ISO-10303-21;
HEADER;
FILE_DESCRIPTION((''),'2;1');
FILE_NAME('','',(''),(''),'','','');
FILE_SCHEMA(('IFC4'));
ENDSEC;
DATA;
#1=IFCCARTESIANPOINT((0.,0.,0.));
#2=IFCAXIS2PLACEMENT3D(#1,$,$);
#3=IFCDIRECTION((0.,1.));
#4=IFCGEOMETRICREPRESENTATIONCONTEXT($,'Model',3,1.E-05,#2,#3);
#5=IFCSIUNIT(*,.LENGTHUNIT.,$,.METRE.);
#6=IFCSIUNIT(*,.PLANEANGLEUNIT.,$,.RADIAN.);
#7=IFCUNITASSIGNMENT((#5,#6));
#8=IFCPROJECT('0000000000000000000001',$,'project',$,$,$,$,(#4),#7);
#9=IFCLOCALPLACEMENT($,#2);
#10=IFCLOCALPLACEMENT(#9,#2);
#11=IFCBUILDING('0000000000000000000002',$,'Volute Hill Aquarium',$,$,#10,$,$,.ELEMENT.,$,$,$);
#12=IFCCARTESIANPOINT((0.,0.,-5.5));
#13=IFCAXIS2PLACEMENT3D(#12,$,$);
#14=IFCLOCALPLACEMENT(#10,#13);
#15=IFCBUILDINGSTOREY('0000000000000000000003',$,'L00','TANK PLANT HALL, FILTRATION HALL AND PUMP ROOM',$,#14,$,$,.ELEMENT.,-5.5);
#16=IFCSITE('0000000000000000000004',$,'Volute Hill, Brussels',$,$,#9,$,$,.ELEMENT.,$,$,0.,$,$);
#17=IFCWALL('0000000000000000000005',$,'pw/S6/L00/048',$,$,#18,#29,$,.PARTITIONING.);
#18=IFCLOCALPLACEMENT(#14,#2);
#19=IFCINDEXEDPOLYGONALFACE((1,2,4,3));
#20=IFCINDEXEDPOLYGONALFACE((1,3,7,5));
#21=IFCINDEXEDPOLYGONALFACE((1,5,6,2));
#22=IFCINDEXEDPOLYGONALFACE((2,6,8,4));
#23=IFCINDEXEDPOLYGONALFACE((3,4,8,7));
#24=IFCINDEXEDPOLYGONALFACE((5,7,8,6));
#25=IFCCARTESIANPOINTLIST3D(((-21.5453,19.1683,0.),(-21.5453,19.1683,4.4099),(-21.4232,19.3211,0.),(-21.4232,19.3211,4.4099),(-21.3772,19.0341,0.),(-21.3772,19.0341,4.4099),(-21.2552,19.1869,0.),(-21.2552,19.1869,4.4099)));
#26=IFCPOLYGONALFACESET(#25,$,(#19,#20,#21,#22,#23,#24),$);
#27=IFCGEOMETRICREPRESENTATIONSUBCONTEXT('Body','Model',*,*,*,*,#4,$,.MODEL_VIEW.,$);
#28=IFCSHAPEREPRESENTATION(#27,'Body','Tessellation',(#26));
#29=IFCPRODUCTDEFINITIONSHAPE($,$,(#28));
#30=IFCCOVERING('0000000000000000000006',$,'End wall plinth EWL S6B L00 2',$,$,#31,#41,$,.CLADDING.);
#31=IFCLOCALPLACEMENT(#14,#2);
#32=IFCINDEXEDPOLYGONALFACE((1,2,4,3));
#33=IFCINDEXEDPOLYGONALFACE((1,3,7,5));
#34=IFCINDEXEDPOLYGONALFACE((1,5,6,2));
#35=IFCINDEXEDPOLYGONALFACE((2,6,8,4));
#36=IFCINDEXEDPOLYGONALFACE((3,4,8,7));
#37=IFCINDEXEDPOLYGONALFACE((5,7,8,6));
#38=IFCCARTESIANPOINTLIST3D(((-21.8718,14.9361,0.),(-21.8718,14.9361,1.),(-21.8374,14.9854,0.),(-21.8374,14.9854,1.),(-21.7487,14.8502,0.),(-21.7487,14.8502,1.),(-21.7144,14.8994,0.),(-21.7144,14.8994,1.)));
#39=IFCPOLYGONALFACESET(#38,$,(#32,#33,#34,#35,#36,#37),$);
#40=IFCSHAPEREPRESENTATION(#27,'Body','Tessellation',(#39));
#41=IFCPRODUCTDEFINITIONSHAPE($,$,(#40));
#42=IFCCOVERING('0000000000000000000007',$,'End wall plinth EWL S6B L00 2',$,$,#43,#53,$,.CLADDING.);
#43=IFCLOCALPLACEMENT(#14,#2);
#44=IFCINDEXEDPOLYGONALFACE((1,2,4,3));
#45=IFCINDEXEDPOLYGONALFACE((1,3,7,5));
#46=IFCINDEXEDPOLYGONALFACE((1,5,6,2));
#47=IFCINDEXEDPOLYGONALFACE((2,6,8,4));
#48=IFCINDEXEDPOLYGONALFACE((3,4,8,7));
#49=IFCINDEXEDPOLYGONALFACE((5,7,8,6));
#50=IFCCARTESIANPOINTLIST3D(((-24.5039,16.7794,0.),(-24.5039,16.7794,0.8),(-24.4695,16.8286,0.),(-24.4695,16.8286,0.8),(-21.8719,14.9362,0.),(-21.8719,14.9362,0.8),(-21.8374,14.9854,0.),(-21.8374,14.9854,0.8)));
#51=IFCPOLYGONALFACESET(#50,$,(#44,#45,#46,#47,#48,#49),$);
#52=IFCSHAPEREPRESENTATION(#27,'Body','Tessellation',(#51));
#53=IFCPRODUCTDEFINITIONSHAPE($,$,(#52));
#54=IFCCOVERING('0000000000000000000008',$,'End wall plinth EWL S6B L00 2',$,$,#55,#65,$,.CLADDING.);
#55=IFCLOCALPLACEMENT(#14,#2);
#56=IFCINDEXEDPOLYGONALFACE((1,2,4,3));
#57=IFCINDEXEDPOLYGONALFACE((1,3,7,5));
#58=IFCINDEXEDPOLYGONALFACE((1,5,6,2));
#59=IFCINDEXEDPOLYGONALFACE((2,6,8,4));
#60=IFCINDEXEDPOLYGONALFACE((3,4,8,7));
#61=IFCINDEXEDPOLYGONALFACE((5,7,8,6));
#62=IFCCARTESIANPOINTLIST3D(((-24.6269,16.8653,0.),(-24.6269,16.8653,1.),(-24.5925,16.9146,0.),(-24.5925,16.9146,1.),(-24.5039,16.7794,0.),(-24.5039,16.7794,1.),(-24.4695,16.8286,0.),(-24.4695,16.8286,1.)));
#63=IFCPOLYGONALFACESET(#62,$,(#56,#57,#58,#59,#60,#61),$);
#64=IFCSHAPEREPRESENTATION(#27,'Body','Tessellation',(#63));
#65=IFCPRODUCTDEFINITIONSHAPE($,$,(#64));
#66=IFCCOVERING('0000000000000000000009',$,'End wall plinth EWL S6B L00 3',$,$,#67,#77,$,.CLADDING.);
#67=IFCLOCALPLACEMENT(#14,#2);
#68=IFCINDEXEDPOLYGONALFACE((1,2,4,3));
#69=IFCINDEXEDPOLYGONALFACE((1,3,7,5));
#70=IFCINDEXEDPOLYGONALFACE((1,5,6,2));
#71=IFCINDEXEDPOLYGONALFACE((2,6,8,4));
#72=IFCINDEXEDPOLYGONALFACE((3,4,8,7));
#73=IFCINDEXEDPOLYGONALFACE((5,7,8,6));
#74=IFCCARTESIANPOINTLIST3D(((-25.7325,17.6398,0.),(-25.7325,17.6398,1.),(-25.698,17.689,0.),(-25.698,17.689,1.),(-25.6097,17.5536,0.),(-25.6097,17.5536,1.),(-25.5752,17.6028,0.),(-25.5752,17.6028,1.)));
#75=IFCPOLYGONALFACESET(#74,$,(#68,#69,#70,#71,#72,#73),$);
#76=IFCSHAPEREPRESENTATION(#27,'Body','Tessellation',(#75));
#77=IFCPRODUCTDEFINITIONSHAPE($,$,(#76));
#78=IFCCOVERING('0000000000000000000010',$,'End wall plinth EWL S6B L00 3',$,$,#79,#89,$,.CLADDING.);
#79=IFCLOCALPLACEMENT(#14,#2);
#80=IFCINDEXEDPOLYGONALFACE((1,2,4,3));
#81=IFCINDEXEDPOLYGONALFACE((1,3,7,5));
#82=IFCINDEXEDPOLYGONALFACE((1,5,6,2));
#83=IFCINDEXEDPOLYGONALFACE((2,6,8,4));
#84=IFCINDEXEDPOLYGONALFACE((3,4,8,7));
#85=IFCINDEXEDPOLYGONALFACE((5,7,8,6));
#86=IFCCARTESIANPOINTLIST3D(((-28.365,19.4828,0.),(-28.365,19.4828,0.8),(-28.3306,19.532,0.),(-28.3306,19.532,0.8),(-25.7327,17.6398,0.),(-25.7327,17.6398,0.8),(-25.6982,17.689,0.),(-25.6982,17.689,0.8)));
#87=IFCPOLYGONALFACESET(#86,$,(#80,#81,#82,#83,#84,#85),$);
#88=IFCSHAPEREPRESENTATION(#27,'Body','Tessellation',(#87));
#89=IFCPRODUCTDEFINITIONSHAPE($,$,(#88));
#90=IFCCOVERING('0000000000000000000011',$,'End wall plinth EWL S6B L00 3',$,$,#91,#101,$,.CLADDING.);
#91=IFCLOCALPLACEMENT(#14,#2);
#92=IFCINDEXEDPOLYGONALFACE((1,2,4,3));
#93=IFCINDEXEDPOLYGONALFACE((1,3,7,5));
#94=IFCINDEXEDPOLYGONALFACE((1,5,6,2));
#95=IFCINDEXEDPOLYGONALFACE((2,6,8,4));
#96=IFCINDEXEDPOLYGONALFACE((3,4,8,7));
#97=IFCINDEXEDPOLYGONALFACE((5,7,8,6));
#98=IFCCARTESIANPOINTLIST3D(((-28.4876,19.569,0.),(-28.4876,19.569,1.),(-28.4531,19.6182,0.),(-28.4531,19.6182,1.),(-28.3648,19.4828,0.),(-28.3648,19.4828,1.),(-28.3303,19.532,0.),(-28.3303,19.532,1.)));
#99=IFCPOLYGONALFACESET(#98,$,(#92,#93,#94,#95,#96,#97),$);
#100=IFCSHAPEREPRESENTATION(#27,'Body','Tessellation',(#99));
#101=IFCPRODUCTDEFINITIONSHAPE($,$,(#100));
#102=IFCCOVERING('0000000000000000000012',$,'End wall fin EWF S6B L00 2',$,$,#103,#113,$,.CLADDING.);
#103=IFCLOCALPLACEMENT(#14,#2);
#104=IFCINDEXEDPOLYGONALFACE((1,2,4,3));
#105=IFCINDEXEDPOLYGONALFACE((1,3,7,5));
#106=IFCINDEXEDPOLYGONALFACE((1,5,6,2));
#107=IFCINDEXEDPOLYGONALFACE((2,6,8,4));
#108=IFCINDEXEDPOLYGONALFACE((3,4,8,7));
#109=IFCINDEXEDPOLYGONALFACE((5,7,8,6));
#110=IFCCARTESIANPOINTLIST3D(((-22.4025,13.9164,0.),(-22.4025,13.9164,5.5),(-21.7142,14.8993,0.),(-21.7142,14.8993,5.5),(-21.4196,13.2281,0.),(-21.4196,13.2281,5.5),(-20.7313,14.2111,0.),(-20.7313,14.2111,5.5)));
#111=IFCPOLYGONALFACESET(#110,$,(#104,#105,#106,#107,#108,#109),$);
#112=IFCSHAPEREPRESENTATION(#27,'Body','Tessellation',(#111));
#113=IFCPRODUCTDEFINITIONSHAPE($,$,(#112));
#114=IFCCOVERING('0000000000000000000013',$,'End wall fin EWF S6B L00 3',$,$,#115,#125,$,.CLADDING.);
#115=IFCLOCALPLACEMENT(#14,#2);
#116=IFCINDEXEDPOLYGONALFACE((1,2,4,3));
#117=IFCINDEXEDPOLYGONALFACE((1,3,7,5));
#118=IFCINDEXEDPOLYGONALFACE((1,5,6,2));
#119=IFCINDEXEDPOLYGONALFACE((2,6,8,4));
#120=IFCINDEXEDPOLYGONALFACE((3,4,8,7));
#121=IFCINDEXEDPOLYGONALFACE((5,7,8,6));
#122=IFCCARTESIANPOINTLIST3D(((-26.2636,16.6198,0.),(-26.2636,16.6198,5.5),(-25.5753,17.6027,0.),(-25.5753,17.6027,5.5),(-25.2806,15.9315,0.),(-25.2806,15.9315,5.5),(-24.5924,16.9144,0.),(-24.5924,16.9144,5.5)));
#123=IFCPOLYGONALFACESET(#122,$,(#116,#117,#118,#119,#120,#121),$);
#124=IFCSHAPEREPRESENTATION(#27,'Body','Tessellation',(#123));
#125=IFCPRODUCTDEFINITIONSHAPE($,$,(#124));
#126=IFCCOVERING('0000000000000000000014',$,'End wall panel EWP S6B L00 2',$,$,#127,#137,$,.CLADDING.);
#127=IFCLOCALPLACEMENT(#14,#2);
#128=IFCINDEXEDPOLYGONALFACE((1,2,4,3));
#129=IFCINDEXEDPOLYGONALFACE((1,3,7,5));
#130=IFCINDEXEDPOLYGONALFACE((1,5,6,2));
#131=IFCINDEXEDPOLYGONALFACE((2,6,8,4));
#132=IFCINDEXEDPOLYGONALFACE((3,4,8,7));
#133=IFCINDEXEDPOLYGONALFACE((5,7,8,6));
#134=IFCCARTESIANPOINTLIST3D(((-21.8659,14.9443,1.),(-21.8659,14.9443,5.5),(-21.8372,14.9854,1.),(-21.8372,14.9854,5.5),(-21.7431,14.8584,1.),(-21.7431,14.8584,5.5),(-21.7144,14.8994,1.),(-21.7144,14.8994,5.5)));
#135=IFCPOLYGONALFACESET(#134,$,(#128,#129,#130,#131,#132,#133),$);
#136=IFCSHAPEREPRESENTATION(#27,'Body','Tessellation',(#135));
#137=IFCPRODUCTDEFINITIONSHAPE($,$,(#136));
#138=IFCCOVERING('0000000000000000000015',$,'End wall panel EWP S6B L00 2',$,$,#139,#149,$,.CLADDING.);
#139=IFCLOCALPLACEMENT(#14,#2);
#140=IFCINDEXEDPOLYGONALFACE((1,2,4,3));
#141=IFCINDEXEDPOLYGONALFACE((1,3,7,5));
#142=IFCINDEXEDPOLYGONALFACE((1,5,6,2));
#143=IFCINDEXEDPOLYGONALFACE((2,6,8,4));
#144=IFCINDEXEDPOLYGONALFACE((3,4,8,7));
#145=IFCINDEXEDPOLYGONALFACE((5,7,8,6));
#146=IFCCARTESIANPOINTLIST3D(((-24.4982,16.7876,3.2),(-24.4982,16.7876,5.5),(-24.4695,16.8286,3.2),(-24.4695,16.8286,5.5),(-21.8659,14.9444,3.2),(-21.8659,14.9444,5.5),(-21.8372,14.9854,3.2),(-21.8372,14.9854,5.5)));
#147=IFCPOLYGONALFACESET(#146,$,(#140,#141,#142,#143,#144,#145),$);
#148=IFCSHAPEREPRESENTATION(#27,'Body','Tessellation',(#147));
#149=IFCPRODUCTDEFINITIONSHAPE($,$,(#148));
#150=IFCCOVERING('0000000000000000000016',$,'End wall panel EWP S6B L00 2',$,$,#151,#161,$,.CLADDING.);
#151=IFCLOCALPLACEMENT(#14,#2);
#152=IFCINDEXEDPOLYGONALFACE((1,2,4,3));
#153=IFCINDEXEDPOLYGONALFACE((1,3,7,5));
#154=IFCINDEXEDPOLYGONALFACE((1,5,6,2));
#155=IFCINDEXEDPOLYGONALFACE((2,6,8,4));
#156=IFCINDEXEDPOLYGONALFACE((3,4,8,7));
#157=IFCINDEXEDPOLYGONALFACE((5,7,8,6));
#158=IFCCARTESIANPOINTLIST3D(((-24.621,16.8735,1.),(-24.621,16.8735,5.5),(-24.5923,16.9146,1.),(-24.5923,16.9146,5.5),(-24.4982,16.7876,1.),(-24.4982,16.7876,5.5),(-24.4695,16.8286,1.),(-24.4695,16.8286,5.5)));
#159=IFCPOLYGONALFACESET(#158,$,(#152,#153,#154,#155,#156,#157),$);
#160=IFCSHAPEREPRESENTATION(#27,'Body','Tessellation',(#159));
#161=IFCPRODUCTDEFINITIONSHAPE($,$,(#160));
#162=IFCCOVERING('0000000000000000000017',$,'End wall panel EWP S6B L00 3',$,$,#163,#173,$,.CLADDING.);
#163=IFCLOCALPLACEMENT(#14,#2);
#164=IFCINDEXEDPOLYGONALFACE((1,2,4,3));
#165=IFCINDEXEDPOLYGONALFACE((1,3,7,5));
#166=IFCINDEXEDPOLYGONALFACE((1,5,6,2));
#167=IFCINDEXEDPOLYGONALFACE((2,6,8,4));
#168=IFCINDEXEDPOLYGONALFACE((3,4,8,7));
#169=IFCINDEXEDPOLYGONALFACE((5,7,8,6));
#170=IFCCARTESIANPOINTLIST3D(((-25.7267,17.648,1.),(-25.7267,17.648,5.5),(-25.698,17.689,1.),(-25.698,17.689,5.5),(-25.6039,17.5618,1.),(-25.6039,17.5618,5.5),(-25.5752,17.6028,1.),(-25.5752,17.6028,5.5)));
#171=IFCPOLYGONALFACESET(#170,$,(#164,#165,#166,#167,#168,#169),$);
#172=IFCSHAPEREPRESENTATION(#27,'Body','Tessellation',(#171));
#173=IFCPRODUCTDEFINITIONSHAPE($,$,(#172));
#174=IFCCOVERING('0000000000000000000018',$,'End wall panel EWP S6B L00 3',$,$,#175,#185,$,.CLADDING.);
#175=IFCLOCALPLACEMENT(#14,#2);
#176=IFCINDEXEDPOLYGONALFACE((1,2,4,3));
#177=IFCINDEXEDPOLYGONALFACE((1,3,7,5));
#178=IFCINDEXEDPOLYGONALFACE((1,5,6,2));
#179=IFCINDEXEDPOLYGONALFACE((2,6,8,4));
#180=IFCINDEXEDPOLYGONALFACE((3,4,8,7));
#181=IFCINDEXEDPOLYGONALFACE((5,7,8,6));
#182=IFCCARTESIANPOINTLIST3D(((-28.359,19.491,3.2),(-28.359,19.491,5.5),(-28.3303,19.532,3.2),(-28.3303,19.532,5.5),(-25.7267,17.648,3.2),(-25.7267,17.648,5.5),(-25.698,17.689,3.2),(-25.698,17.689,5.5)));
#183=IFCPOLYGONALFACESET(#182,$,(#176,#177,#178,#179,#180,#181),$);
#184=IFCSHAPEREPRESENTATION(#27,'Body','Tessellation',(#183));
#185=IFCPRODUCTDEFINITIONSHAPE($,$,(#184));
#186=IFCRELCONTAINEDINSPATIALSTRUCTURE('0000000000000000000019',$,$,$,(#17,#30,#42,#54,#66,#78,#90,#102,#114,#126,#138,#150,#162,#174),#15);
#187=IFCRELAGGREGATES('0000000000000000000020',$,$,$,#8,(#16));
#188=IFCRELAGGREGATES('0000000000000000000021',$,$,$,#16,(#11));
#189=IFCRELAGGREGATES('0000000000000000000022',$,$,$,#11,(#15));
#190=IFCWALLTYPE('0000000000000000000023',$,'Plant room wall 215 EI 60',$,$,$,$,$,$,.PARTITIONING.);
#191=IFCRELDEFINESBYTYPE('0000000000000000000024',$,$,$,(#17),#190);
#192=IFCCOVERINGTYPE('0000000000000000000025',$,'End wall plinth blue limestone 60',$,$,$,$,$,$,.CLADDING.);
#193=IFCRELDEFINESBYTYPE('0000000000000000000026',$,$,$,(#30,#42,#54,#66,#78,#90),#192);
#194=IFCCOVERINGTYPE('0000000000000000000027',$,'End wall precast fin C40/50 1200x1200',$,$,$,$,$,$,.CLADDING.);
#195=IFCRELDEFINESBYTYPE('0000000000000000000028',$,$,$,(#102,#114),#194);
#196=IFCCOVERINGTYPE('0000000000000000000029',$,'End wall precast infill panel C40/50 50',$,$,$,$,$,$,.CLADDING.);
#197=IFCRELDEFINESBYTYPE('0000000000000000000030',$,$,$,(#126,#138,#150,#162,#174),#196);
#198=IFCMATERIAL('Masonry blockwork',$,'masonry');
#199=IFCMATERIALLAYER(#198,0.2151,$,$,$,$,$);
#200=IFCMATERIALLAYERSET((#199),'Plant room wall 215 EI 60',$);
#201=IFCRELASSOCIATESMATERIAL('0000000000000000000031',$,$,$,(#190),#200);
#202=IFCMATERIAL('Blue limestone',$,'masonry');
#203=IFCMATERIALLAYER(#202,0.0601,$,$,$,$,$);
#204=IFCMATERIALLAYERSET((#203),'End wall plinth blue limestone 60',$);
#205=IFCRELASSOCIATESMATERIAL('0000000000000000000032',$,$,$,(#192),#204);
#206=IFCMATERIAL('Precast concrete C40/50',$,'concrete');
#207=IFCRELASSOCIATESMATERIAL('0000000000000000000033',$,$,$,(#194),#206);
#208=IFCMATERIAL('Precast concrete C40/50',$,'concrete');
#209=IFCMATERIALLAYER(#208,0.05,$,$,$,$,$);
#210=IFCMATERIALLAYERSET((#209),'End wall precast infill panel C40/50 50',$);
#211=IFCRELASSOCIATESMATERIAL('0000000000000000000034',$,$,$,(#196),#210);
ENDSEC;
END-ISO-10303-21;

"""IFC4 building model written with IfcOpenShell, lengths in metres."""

from ifc_helpers import new_model, si_unit, direction, frame, frame_2d, origin, origin_2d, place, context, subcontext, project, spatial, polyline, rectangle, outline, extrude, material, layer, layer_set, type_object, element, save


model = new_model("IFC4")

# Units and contexts
model_context = context("Model", 3, precision=1e-05, world=origin(), true_north=direction((0.0, 1.0)))
body_context = subcontext(model_context, "Body", "Model", "MODEL_VIEW")
ifc_project = project(units=[si_unit("LENGTHUNIT", "METRE"), si_unit("PLANEANGLEUNIT", "RADIAN")], contexts=[model_context])

# Site, building, storey
site_placement = place(None, origin())
site = spatial("IfcSite", under=ifc_project, at=site_placement, Name="Volute Hill, Brussels", CompositionType="ELEMENT", RefElevation=0.0)
building_placement = place(site_placement, origin())
building = spatial("IfcBuilding", under=site, at=building_placement, Name="Volute Hill Aquarium", CompositionType="ELEMENT")
storey_placement = place(building_placement, frame((0.0, 0.0, -5.5)))
storey = spatial("IfcBuildingStorey", under=building, at=storey_placement, Name="L00", Description="TANK PLANT HALL, FILTRATION HALL AND PUMP ROOM", CompositionType="ELEMENT", Elevation=-5.5)

# Shared definitions
ifc_material_1 = material(Name="Masonry blockwork", Category="masonry")
ifc_layer_1 = layer(ifc_material_1, 0.2151)
ifc_layer_set_1 = layer_set([ifc_layer_1], Name="Plant room wall 215 EI 60")
wall_type = type_object("IfcWallType", Name="Plant room wall 215 EI 60", PredefinedType="PARTITIONING", material=ifc_layer_set_1)

# Wall
wall_1_placement = place(storey_placement, frame((-21.4612, 19.1013, 0.0), z_axis=(0.0, 0.0, 1.0), x_axis=(0.624086, 0.781356, 0.0)))
element("IfcWall", 1, at=wall_1_placement, inside=storey, type_object=wall_type, Name="pw/S6/L00/048", PredefinedType="PARTITIONING", context=body_context, shape_type="SweptSolid", body=[
    extrude(rectangle(XDim=0.1956, YDim=0.2151, at=frame_2d((0.0977, 0.0))), origin(), (0.0, 0.0, 1.0), 4.4099),
])

# Coverings
ifc_material_2 = material(Name="Blue limestone", Category="masonry")
ifc_layer_2 = layer(ifc_material_2, 0.0601)
ifc_layer_set_2 = layer_set([ifc_layer_2], Name="End wall plinth blue limestone 60")
covering_type_1 = type_object("IfcCoveringType", Name="End wall plinth blue limestone 60", PredefinedType="CLADDING", material=ifc_layer_set_2)
covering_1_placement = place(storey_placement, frame((-21.7144, 14.8994, 0.0), z_axis=(0.572589, 0.819843, 0.0), x_axis=(-0.819843, 0.572589, 0.0)))
element("IfcCovering", 2, at=covering_1_placement, inside=storey, type_object=covering_type_1, Name="End wall plinth EWL S6B L00 2", PredefinedType="CLADDING", context=body_context, shape_type="SweptSolid", body=[
    extrude(outline(polyline([(0.0, 0.0), (0.1501, 0.0), (0.1501, 1.0), (0.0, 1.0), (0.0, 0.0)])), origin(), (0.0, 0.0, -1.0), 0.0601),
])
covering_2_placement = place(storey_placement, frame((-21.8374, 14.9854, 0.0), z_axis=(0.573631, 0.819114, 0.0), x_axis=(-0.819114, 0.573631, 0.0)))
element("IfcCovering", 3, at=covering_2_placement, inside=storey, type_object=covering_type_1, Name="End wall plinth EWL S6B L00 2", PredefinedType="CLADDING", context=body_context, shape_type="SweptSolid", body=[
    extrude(outline(polyline([(0.0, 0.0), (3.2133, 0.0), (3.2133, 0.8), (0.0, 0.8), (0.0, 0.0)])), origin(), (0.0, 0.0, -1.0), 0.0601),
])
covering_3_placement = place(storey_placement, frame((-24.4695, 16.8286, 0.0), z_axis=(0.572589, 0.819843, 0.0), x_axis=(-0.819843, 0.572589, 0.0)))
element("IfcCovering", 4, at=covering_3_placement, inside=storey, type_object=covering_type_1, Name="End wall plinth EWL S6B L00 2", PredefinedType="CLADDING", context=body_context, shape_type="SweptSolid", body=[
    extrude(outline(polyline([(0.0, 0.0), (0.1501, 0.0), (0.1501, 1.0), (0.0, 1.0), (0.0, 0.0)])), origin(), (0.0, 0.0, -1.0), 0.0601),
])
covering_4_placement = place(storey_placement, frame((-25.5752, 17.6028, 0.0), z_axis=(0.574445, 0.818543, 0.0), x_axis=(-0.818543, 0.574445, 0.0)))
element("IfcCovering", 5, at=covering_4_placement, inside=storey, type_object=covering_type_1, Name="End wall plinth EWL S6B L00 3", PredefinedType="CLADDING", context=body_context, shape_type="SweptSolid", body=[
    extrude(outline(polyline([(0.0, 0.0), (0.15, 0.0), (0.15, 1.0), (0.0, 1.0), (0.0, 0.0)])), origin(), (0.0, 0.0, -1.0), 0.0601),
])
covering_5_placement = place(storey_placement, frame((-25.6982, 17.689, 0.0), z_axis=(0.573544, 0.819175, 0.0), x_axis=(-0.819175, 0.573544, 0.0)))
element("IfcCovering", 6, at=covering_5_placement, inside=storey, type_object=covering_type_1, Name="End wall plinth EWL S6B L00 3", PredefinedType="CLADDING", context=body_context, shape_type="SweptSolid", body=[
    extrude(outline(polyline([(0.0, 0.0), (3.2134, 0.0), (3.2134, 0.8), (0.0, 0.8), (0.0, 0.0)])), origin(), (0.0, 0.0, -1.0), 0.0601),
])
covering_6_placement = place(storey_placement, frame((-28.3303, 19.532, 0.0), z_axis=(0.574445, 0.818543, 0.0), x_axis=(-0.818543, 0.574445, 0.0)))
element("IfcCovering", 7, at=covering_6_placement, inside=storey, type_object=covering_type_1, Name="End wall plinth EWL S6B L00 3", PredefinedType="CLADDING", context=body_context, shape_type="SweptSolid", body=[
    extrude(outline(polyline([(0.0, 0.0), (0.15, 0.0), (0.15, 1.0), (0.0, 1.0), (0.0, 0.0)])), origin(), (0.0, 0.0, -1.0), 0.0601),
])
ifc_material_3 = material(Name="Precast concrete C40/50", Category="concrete")
covering_type_2 = type_object("IfcCoveringType", Name="End wall precast fin C40/50 1200x1200", PredefinedType="CLADDING", material=ifc_material_3)
for number, where, z_axis, x_axis, name in (
    (8, (-21.5669, 14.0637, 0.0), (0.0, 0.0, 1.0), (-0.819151, 0.573577, 0.0), "End wall fin EWF S6B L00 2"),
    (9, (-25.428, 16.7671, 0.0), (0.0, 0.0, 1.0), (-0.819151, 0.573577, 0.0), "End wall fin EWF S6B L00 3"),
):
    element("IfcCovering", number, at=place(storey_placement, frame(where, z_axis=z_axis, x_axis=x_axis)), inside=storey, type_object=covering_type_2, Name=name, PredefinedType="CLADDING", context=body_context, shape_type="SweptSolid", body=[
        extrude(rectangle(XDim=1.2, YDim=1.2, at=origin_2d()), origin(), (0.0, 0.0, 1.0), 5.5),
    ])
ifc_material_4 = material(Name="Precast concrete C40/50", Category="concrete")
ifc_layer_3 = layer(ifc_material_4, 0.05)
ifc_layer_set_3 = layer_set([ifc_layer_3], Name="End wall precast infill panel C40/50 50")
covering_type_3 = type_object("IfcCoveringType", Name="End wall precast infill panel C40/50 50", PredefinedType="CLADDING", material=ifc_layer_set_3)
covering_7_placement = place(storey_placement, frame((-21.7144, 14.8994, 1.0), z_axis=(0.573353, 0.819308, 0.0), x_axis=(-0.819308, 0.573353, 0.0)))
element("IfcCovering", 10, at=covering_7_placement, inside=storey, type_object=covering_type_3, Name="End wall panel EWP S6B L00 2", PredefinedType="CLADDING", context=body_context, shape_type="SweptSolid", body=[
    extrude(outline(polyline([(0.0, 0.0), (0.1499, 0.0), (0.1499, 4.5), (0.0, 4.5), (0.0, 0.0)])), origin(), (0.0, 0.0, -1.0), 0.05),
])
covering_8_placement = place(storey_placement, frame((-21.8372, 14.9854, 3.2), z_axis=(0.573595, 0.819139, 0.0), x_axis=(-0.819139, 0.573595, 0.0)))
element("IfcCovering", 11, at=covering_8_placement, inside=storey, type_object=covering_type_3, Name="End wall panel EWP S6B L00 2", PredefinedType="CLADDING", context=body_context, shape_type="SweptSolid", body=[
    extrude(outline(polyline([(0.0, 0.0), (3.2135, 0.0), (3.2135, 2.3), (0.0, 2.3), (0.0, 0.0)])), origin(), (0.0, 0.0, -1.0), 0.05),
])
covering_9_placement = place(storey_placement, frame((-24.4695, 16.8286, 1.0), z_axis=(0.573353, 0.819308, 0.0), x_axis=(-0.819308, 0.573353, 0.0)))
element("IfcCovering", 12, at=covering_9_placement, inside=storey, type_object=covering_type_3, Name="End wall panel EWP S6B L00 2", PredefinedType="CLADDING", context=body_context, shape_type="SweptSolid", body=[
    extrude(outline(polyline([(0.0, 0.0), (0.1499, 0.0), (0.1499, 4.5), (0.0, 4.5), (0.0, 0.0)])), origin(), (0.0, 0.0, -1.0), 0.05),
])
covering_10_placement = place(storey_placement, frame((-25.5752, 17.6028, 1.0), z_axis=(0.574445, 0.818543, 0.0), x_axis=(-0.818543, 0.574445, 0.0)))
element("IfcCovering", 13, at=covering_10_placement, inside=storey, type_object=covering_type_3, Name="End wall panel EWP S6B L00 3", PredefinedType="CLADDING", context=body_context, shape_type="SweptSolid", body=[
    extrude(outline(polyline([(0.0, 0.0), (0.15, 0.0), (0.15, 4.5), (0.0, 4.5), (0.0, 0.0)])), origin(), (0.0, 0.0, -1.0), 0.05),
])
covering_11_placement = place(storey_placement, frame((-25.698, 17.689, 3.2), z_axis=(0.573544, 0.819175, 0.0), x_axis=(-0.819175, 0.573544, 0.0)))
element("IfcCovering", 14, at=covering_11_placement, inside=storey, type_object=covering_type_3, Name="End wall panel EWP S6B L00 3", PredefinedType="CLADDING", context=body_context, shape_type="SweptSolid", body=[
    extrude(outline(polyline([(0.0, 0.0), (3.2134, 0.0), (3.2134, 2.3), (0.0, 2.3), (0.0, 0.0)])), origin(), (0.0, 0.0, -1.0), 0.05),
])

save(model, "model.ifc")
